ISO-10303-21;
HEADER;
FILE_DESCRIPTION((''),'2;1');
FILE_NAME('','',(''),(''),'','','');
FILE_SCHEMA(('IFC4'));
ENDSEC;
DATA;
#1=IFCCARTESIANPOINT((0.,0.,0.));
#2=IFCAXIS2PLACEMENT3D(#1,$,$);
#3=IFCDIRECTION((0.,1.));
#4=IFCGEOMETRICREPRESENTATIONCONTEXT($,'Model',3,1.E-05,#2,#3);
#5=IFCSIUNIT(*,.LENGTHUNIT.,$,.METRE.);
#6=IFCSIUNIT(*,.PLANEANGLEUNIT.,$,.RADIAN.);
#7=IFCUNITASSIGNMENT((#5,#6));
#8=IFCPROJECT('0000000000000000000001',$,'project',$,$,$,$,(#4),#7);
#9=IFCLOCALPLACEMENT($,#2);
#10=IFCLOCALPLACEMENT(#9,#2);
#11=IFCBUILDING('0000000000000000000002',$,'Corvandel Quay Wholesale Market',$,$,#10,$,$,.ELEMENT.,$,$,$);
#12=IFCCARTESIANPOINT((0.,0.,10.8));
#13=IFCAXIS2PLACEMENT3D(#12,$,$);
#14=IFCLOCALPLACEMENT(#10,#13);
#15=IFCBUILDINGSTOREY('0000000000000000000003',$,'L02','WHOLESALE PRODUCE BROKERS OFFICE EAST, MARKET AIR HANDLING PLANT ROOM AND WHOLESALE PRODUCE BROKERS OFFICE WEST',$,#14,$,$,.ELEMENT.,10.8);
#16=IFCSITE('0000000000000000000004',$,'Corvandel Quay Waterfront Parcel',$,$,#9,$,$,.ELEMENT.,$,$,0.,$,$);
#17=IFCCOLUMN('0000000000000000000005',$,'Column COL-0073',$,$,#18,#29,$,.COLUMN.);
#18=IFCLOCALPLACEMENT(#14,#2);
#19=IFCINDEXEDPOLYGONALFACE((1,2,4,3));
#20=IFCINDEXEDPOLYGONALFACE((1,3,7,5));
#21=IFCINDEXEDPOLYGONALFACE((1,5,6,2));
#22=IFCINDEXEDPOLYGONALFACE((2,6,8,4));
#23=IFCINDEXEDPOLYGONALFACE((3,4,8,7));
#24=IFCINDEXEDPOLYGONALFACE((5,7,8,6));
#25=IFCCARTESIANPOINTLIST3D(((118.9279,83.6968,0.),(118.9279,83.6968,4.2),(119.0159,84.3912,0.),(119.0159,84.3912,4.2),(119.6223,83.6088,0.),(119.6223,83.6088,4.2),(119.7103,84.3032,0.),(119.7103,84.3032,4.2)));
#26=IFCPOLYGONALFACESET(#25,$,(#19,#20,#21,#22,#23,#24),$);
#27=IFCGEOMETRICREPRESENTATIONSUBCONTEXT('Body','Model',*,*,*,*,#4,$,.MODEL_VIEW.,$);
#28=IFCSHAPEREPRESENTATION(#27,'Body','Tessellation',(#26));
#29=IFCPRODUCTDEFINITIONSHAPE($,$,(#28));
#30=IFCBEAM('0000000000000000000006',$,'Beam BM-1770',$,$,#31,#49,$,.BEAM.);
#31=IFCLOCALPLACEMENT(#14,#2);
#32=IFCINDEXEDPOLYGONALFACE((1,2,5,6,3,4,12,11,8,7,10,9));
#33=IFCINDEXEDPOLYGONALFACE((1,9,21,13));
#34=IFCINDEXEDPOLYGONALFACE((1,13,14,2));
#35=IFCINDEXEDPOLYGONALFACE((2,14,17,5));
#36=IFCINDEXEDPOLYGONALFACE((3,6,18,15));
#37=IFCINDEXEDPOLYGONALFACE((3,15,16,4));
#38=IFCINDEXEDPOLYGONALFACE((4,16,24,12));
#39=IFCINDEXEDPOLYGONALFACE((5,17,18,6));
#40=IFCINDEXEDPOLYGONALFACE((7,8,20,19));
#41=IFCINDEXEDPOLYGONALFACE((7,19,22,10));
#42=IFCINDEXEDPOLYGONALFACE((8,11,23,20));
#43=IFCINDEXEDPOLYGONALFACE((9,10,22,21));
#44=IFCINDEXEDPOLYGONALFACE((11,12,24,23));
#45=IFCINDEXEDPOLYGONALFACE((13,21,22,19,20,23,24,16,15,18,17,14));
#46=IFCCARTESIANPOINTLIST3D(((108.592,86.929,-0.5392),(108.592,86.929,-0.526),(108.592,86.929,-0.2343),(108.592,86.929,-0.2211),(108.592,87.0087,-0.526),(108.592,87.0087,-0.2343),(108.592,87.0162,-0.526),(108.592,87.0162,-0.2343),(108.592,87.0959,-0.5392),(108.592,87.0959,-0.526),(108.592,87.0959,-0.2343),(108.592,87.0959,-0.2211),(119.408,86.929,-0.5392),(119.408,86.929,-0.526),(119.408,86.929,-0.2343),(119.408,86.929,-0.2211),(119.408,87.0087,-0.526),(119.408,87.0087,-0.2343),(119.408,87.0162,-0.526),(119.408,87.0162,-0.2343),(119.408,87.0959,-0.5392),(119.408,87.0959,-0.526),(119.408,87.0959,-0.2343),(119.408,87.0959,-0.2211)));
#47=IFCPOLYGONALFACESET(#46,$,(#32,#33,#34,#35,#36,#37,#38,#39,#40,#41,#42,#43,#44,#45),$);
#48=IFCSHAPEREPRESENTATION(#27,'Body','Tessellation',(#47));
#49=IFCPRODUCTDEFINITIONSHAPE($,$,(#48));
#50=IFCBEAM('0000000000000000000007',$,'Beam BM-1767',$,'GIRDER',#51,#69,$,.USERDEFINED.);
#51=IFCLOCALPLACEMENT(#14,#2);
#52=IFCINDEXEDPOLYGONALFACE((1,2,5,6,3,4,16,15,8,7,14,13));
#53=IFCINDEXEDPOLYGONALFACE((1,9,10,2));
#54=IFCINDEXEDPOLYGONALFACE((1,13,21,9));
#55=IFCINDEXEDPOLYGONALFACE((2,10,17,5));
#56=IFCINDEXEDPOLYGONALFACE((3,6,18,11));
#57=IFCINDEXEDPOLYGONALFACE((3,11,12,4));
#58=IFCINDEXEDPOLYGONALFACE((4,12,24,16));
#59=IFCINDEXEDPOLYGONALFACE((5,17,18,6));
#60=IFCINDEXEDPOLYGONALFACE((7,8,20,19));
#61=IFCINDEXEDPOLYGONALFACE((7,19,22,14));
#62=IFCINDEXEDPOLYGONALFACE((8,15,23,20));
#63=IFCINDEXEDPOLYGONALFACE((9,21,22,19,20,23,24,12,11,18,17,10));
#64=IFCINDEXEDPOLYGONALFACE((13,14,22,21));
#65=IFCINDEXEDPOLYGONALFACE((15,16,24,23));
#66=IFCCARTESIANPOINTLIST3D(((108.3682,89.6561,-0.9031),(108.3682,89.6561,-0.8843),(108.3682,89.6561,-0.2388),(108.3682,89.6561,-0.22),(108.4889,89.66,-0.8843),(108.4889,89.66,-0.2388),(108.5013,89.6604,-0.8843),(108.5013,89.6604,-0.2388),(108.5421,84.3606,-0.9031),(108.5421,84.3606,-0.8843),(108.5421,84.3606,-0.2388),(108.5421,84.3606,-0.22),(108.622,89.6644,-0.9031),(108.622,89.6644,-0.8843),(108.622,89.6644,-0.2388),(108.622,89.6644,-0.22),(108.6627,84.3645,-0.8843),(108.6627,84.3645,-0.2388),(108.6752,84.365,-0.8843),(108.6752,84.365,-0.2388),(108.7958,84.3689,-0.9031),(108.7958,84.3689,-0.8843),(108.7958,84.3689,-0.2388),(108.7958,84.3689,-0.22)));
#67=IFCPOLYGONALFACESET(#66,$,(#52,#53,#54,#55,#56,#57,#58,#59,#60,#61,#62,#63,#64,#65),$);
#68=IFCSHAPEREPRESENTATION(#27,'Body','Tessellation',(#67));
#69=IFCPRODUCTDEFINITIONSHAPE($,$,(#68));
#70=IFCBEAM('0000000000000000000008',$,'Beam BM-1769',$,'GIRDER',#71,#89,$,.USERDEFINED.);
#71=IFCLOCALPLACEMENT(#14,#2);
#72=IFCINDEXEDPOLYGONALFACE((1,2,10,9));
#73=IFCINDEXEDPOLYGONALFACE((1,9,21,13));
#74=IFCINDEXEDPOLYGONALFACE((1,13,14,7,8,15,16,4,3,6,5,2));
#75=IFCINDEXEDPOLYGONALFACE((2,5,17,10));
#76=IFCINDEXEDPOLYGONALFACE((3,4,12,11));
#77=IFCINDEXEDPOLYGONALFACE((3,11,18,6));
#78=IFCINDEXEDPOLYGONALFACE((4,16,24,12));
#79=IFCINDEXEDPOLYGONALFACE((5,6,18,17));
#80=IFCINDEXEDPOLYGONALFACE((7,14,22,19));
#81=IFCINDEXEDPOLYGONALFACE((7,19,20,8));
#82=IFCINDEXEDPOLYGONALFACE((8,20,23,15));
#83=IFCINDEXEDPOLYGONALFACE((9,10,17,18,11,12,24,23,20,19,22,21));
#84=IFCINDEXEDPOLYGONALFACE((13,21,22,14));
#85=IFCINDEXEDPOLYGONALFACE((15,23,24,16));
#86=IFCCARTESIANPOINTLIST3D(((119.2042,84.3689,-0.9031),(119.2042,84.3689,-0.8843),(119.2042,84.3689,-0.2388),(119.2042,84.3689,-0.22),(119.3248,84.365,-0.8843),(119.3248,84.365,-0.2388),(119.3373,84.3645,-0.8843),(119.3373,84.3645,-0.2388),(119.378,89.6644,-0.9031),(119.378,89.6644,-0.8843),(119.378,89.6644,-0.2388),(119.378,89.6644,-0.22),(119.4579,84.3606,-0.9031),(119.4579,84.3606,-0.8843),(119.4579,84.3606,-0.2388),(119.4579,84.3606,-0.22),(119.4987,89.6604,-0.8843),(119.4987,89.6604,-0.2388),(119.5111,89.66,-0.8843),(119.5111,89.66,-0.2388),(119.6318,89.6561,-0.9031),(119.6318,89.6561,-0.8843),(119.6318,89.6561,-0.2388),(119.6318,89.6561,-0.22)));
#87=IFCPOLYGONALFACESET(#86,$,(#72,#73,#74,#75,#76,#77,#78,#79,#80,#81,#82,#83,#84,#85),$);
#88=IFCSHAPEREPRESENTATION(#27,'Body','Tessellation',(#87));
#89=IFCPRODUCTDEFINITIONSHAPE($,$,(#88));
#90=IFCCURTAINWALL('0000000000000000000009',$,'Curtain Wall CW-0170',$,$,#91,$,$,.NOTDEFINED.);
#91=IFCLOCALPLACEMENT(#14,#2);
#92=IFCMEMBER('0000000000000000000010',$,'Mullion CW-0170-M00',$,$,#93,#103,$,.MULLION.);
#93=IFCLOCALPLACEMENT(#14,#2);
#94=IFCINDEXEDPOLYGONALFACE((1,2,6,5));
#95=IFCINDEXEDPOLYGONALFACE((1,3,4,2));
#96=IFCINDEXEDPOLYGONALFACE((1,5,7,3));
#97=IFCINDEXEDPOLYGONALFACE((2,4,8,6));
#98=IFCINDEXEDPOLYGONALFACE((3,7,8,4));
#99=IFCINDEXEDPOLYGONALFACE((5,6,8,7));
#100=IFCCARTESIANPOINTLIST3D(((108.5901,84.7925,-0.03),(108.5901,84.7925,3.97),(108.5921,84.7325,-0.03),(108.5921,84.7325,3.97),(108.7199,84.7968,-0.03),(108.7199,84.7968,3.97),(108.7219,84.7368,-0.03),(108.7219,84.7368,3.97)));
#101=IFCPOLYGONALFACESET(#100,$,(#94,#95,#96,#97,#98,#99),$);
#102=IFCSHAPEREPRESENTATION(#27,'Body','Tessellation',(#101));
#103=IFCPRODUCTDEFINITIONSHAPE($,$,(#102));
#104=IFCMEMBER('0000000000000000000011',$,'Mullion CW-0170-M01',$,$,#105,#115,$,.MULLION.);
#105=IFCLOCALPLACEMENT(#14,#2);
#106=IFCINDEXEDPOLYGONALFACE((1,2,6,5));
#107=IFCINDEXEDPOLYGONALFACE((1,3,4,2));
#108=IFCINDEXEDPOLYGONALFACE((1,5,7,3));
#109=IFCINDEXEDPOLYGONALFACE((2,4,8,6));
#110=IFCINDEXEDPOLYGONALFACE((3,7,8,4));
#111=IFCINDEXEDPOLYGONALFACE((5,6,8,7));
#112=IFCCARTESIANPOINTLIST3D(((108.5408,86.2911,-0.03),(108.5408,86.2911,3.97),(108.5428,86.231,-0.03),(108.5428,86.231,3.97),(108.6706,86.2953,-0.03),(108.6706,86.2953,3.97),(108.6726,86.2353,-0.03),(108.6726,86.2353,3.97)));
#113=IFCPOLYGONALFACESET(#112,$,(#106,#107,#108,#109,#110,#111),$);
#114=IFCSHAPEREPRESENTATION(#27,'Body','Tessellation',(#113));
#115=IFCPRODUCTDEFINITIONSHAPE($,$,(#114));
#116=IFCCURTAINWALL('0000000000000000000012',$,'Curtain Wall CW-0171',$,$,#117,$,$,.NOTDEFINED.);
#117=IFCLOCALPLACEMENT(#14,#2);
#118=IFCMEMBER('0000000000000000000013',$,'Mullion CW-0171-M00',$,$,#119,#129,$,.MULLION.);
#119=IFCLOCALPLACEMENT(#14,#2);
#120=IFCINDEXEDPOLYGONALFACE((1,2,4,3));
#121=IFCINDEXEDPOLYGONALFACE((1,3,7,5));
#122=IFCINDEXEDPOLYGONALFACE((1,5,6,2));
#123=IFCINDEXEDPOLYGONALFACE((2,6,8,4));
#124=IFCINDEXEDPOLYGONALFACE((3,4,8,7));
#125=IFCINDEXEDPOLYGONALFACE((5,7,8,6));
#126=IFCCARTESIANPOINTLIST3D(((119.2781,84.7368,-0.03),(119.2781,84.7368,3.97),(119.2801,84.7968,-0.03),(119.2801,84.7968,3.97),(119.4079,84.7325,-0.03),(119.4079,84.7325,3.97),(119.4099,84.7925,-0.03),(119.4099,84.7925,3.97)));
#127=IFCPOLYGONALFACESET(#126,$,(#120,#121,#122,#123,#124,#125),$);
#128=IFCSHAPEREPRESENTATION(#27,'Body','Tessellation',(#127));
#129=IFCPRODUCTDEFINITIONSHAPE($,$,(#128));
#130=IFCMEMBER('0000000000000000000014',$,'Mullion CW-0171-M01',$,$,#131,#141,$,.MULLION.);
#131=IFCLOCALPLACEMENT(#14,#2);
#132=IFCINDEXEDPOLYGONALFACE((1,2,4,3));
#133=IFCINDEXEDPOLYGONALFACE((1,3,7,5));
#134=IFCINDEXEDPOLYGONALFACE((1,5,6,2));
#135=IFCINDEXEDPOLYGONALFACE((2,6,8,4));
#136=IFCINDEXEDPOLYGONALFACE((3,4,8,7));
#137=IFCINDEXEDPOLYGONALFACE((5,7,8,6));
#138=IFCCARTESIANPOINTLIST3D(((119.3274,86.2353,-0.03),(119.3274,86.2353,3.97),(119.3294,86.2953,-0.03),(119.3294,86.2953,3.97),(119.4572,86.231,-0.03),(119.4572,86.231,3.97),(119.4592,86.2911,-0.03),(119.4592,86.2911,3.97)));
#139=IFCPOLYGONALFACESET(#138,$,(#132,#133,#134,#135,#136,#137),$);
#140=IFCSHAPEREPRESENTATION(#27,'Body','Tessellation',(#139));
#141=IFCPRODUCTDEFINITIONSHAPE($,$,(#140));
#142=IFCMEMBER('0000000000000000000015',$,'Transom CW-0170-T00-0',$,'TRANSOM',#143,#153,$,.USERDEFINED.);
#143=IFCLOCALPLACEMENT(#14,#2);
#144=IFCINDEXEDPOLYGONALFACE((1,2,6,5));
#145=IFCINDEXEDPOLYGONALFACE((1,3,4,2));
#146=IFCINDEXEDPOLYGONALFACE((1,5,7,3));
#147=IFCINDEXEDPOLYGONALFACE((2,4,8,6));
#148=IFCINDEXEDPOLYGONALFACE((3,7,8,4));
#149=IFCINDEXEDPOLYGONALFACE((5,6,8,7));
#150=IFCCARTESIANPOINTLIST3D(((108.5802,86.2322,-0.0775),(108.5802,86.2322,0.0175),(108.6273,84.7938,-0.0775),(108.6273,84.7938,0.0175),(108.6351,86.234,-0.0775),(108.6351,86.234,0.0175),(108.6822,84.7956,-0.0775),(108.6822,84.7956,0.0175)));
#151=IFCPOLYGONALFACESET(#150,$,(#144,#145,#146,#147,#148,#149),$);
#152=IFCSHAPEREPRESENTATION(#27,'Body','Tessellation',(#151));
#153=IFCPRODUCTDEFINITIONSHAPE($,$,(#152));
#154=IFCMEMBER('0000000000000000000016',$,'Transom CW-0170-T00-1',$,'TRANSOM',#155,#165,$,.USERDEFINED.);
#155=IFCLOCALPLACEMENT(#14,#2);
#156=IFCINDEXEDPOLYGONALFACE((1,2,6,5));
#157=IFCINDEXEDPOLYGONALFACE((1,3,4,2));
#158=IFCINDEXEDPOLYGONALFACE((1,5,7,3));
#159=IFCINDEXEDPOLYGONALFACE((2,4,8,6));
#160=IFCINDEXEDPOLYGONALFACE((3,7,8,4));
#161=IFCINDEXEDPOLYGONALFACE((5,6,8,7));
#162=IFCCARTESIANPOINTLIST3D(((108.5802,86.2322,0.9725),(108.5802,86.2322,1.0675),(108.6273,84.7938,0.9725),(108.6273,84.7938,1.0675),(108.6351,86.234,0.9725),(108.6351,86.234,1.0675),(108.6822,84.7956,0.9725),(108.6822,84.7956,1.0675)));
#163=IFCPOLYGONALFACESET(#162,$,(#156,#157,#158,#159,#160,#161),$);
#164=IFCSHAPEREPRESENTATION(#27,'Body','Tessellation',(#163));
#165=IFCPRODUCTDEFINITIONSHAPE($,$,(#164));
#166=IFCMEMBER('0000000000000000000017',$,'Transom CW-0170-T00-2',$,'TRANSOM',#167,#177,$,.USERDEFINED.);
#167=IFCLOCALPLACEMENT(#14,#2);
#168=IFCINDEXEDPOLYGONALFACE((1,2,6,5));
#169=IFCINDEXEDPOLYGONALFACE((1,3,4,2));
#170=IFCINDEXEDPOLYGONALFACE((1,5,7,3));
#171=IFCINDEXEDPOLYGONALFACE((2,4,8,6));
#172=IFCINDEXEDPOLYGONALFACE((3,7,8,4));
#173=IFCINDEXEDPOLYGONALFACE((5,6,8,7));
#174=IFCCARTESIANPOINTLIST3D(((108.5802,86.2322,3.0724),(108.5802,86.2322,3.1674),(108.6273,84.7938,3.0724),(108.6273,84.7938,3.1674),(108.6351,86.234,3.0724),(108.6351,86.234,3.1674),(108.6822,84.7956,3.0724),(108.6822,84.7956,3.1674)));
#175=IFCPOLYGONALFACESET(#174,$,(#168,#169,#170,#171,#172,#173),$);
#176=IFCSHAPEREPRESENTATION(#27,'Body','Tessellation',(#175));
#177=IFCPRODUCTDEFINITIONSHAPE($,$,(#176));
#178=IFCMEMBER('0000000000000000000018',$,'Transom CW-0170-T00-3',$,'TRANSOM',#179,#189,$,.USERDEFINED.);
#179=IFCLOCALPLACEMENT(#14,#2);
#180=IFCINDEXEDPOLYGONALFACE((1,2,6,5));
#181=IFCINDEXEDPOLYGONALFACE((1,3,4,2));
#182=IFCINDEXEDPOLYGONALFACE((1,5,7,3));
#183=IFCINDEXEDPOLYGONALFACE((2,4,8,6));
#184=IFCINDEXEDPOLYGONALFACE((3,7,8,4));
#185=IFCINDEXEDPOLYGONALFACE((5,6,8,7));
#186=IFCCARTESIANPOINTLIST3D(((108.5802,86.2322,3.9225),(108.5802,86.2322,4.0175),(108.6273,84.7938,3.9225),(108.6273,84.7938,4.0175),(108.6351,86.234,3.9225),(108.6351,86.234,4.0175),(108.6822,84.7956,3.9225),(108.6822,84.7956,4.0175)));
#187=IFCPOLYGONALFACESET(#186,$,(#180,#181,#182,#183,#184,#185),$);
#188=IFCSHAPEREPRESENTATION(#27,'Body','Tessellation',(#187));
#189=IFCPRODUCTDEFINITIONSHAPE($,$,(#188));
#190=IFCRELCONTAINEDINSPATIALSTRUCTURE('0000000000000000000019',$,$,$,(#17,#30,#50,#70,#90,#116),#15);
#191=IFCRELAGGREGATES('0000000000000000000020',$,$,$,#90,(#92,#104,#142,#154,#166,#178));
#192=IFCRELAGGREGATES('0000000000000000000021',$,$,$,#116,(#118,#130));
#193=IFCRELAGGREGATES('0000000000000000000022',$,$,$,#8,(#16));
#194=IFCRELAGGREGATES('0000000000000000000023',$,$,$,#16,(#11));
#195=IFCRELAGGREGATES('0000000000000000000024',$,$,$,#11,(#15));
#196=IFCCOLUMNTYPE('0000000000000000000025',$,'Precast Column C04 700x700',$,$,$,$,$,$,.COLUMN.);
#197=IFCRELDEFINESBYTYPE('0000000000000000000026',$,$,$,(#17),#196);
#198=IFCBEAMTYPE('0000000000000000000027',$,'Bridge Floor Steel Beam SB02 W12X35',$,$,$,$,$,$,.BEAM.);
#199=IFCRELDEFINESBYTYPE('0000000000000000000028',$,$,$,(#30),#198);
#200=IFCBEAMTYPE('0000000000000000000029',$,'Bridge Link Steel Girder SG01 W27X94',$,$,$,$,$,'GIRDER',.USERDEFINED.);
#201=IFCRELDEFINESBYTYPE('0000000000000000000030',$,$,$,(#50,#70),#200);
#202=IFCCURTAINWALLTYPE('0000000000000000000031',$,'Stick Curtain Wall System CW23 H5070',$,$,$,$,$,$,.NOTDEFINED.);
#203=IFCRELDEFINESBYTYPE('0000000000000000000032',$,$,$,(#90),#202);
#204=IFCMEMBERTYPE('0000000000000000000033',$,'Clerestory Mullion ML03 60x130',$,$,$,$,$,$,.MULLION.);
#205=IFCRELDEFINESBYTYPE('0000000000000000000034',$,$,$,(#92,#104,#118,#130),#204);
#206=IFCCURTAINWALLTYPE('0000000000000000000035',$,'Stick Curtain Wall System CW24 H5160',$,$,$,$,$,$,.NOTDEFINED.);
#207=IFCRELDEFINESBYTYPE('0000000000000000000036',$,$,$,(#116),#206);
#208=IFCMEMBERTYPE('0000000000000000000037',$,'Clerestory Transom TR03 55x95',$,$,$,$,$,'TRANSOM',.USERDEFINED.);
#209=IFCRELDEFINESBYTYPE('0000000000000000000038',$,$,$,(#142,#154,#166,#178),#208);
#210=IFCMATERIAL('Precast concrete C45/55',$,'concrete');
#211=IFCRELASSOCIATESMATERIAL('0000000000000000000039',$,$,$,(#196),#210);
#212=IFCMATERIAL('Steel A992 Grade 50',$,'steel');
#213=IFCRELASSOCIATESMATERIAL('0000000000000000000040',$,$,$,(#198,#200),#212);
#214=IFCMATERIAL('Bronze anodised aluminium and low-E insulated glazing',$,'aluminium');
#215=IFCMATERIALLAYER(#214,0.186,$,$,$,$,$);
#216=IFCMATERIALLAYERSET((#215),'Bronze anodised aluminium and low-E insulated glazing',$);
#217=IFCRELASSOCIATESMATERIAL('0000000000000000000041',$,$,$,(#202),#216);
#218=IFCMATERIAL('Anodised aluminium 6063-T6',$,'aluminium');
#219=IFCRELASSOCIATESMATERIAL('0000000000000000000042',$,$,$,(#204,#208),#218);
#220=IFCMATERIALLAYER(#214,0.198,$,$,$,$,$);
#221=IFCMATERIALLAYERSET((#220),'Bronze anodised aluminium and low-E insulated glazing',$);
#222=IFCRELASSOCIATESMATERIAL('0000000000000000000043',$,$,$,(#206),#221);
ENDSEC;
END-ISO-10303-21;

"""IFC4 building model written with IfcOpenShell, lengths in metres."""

from ifc_helpers import new_model, si_unit, direction, frame, origin, origin_2d, place, context, subcontext, project, spatial, rectangle, i_section, extrude, material, layer, layer_set, material_profile, profile_set, type_object, element, aggregate, save


model = new_model("IFC4")

# Units and contexts
model_context = context("Model", 3, precision=1e-05, world=origin(), true_north=direction((0.0, 1.0)))
body_context = subcontext(model_context, "Body", "Model", "MODEL_VIEW")
ifc_project = project(units=[si_unit("LENGTHUNIT", "METRE"), si_unit("PLANEANGLEUNIT", "RADIAN")], contexts=[model_context])

# Site, building, storey
site_placement = place(None, origin())
site = spatial("IfcSite", under=ifc_project, at=site_placement, Name="Corvandel Quay Waterfront Parcel", CompositionType="ELEMENT", RefElevation=0.0)
building_placement = place(site_placement, origin())
building = spatial("IfcBuilding", under=site, at=building_placement, Name="Corvandel Quay Wholesale Market", CompositionType="ELEMENT")
storey_placement = place(building_placement, frame((0.0, 0.0, 10.8)))
storey = spatial("IfcBuildingStorey", under=building, at=storey_placement, Name="L02", Description="WHOLESALE PRODUCE BROKERS OFFICE EAST, MARKET AIR HANDLING PLANT ROOM AND WHOLESALE PRODUCE BROKERS OFFICE WEST", CompositionType="ELEMENT", Elevation=10.8)

# Column
ifc_material_1 = material(Name="Precast concrete C45/55", Category="concrete")
ifc_material_profile_1 = material_profile(ifc_material_1, rectangle(XDim=0.7, YDim=0.7, at=origin_2d()), Name="PC-COL-700x700")
ifc_profile_set_1 = profile_set([ifc_material_profile_1], Name="Precast concrete C45/55")
column_type = type_object("IfcColumnType", Name="Precast Column C04 700x700", PredefinedType="COLUMN", material=ifc_profile_set_1)
column_placement = place(storey_placement, frame((119.3191, 84.0, 0.0), z_axis=(0.0, 0.0, 1.0), x_axis=(-0.992071, 0.12568, 0.0)))
element("IfcColumn", 1, at=column_placement, inside=storey, type_object=column_type, Name="Column COL-0073", PredefinedType="COLUMN", context=body_context, shape_type="SweptSolid", body=[
    extrude(rectangle(XDim=0.7, YDim=0.7, at=origin_2d()), origin(), (0.0, 0.0, 1.0), 4.2),
])

# Beams
ifc_material_2 = material(Name="Steel A992 Grade 50", Category="steel")
ifc_material_profile_2 = material_profile(ifc_material_2, i_section(OverallWidth=0.167, OverallDepth=0.3181, WebThickness=0.0076, FlangeThickness=0.0132, at=origin_2d()), Name="W12X35")
ifc_profile_set_2 = profile_set([ifc_material_profile_2], Name="Steel A992 Grade 50")
beam_type_1 = type_object("IfcBeamType", Name="Bridge Floor Steel Beam SB02 W12X35", PredefinedType="BEAM", material=ifc_profile_set_2)
beam_1_placement = place(storey_placement, frame((108.592, 87.0125, -0.3801), z_axis=(1.0, 0.0, 0.0), x_axis=(0.0, 1.0, 0.0)))
element("IfcBeam", 2, at=beam_1_placement, inside=storey, type_object=beam_type_1, Name="Beam BM-1770", PredefinedType="BEAM", context=body_context, shape_type="SweptSolid", body=[
    extrude(i_section(OverallWidth=0.167, OverallDepth=0.3181, WebThickness=0.0076, FlangeThickness=0.0132, at=origin_2d()), origin(), (0.0, 0.0, 1.0), 10.8159),
])
ifc_material_profile_3 = material_profile(ifc_material_2, i_section(OverallWidth=0.2539, OverallDepth=0.6831, WebThickness=0.0125, FlangeThickness=0.0188, at=origin_2d()), Name="W27X94")
ifc_profile_set_3 = profile_set([ifc_material_profile_3], Name="Steel A992 Grade 50")
beam_type_2 = type_object("IfcBeamType", Name="Bridge Link Steel Girder SG01 W27X94", ElementType="GIRDER", PredefinedType="USERDEFINED", material=ifc_profile_set_3)
for number, where, z_axis, x_axis, name in (
    (3, (108.6689, 84.3647, -0.5615), (-0.032809, 0.999462, 0.0), (-0.999462, -0.032809, 0.0), "Beam BM-1767"),
    (4, (119.3311, 84.3647, -0.5615), (0.032809, 0.999462, 0.0), (-0.999462, 0.032809, 0.0), "Beam BM-1769"),
):
    element("IfcBeam", number, at=place(storey_placement, frame(where, z_axis=z_axis, x_axis=x_axis)), inside=storey, type_object=beam_type_2, Name=name, ObjectType="GIRDER", PredefinedType="USERDEFINED", context=body_context, shape_type="SweptSolid", body=[
        extrude(i_section(OverallWidth=0.2539, OverallDepth=0.6831, WebThickness=0.0125, FlangeThickness=0.0188, at=origin_2d()), origin(), (0.0, 0.0, 1.0), 5.2983),
    ])

# Curtain walls, members
ifc_material_3 = material(Name="Bronze anodised aluminium and low-E insulated glazing", Category="aluminium")
ifc_layer_1 = layer(ifc_material_3, 0.186)
ifc_layer_set_1 = layer_set([ifc_layer_1], Name="Bronze anodised aluminium and low-E insulated glazing")
curtain_wall_type_1 = type_object("IfcCurtainWallType", Name="Stick Curtain Wall System CW23 H5070", PredefinedType="NOTDEFINED", material=ifc_layer_set_1)
curtain_wall_1_placement = place(storey_placement, origin())
curtain_wall_1 = element("IfcCurtainWall", 5, at=curtain_wall_1_placement, inside=storey, type_object=curtain_wall_type_1, Name="Curtain Wall CW-0170", PredefinedType="NOTDEFINED")
ifc_material_4 = material(Name="Anodised aluminium 6063-T6", Category="aluminium")
ifc_material_profile_4 = material_profile(ifc_material_4, rectangle(XDim=0.0601, YDim=0.1299, at=origin_2d()), Name="ALU-MUL-60x130")
ifc_profile_set_4 = profile_set([ifc_material_profile_4], Name="Anodised aluminium 6063-T6")
member_type_1 = type_object("IfcMemberType", Name="Clerestory Mullion ML03 60x130", PredefinedType="MULLION", material=ifc_profile_set_4)
member_1_placement = place(storey_placement, frame((108.656, 84.7646, -0.03), z_axis=(0.0, 0.0, 1.0), x_axis=(-0.032806, 0.999462, 0.0)))
member_1 = element("IfcMember", 6, at=member_1_placement, type_object=member_type_1, Name="Mullion CW-0170-M00", PredefinedType="MULLION", context=body_context, shape_type="SweptSolid", body=[
    extrude(rectangle(XDim=0.0601, YDim=0.1299, at=origin_2d()), origin(), (0.0, 0.0, 1.0), 4.0),
])
member_2_placement = place(storey_placement, frame((108.6067, 86.2632, -0.03), z_axis=(0.0, 0.0, 1.0), x_axis=(-0.032806, 0.999462, 0.0)))
member_2 = element("IfcMember", 7, at=member_2_placement, type_object=member_type_1, Name="Mullion CW-0170-M01", PredefinedType="MULLION", context=body_context, shape_type="SweptSolid", body=[
    extrude(rectangle(XDim=0.0601, YDim=0.1299, at=origin_2d()), origin(), (0.0, 0.0, 1.0), 4.0),
])
ifc_layer_2 = layer(ifc_material_3, 0.198)
ifc_layer_set_2 = layer_set([ifc_layer_2], Name="Bronze anodised aluminium and low-E insulated glazing")
curtain_wall_type_2 = type_object("IfcCurtainWallType", Name="Stick Curtain Wall System CW24 H5160", PredefinedType="NOTDEFINED", material=ifc_layer_set_2)
curtain_wall_2_placement = place(storey_placement, origin())
curtain_wall_2 = element("IfcCurtainWall", 8, at=curtain_wall_2_placement, inside=storey, type_object=curtain_wall_type_2, Name="Curtain Wall CW-0171", PredefinedType="NOTDEFINED")
member_3_placement = place(storey_placement, frame((119.344, 84.7646, -0.03), z_axis=(0.0, 0.0, 1.0), x_axis=(0.032806, 0.999462, 0.0)))
member_3 = element("IfcMember", 9, at=member_3_placement, type_object=member_type_1, Name="Mullion CW-0171-M00", PredefinedType="MULLION", context=body_context, shape_type="SweptSolid", body=[
    extrude(rectangle(XDim=0.0601, YDim=0.1299, at=origin_2d()), origin(), (0.0, 0.0, 1.0), 4.0),
])
member_4_placement = place(storey_placement, frame((119.3933, 86.2632, -0.03), z_axis=(0.0, 0.0, 1.0), x_axis=(0.032806, 0.999462, 0.0)))
member_4 = element("IfcMember", 10, at=member_4_placement, type_object=member_type_1, Name="Mullion CW-0171-M01", PredefinedType="MULLION", context=body_context, shape_type="SweptSolid", body=[
    extrude(rectangle(XDim=0.0601, YDim=0.1299, at=origin_2d()), origin(), (0.0, 0.0, 1.0), 4.0),
])

# Members
ifc_material_profile_5 = material_profile(ifc_material_4, rectangle(XDim=0.0549, YDim=0.095, at=origin_2d()), Name="ALU-TRN-55x95")
ifc_profile_set_5 = profile_set([ifc_material_profile_5], Name="Anodised aluminium 6063-T6")
member_type_2 = type_object("IfcMemberType", Name="Clerestory Transom TR03 55x95", ElementType="TRANSOM", PredefinedType="USERDEFINED", material=ifc_profile_set_5)
member_5_placement = place(storey_placement, frame((108.6548, 84.7947, -0.03), z_axis=(-0.032739, 0.999464, 0.0), x_axis=(-0.999464, -0.032739, 0.0)))
member_5 = element("IfcMember", 11, at=member_5_placement, type_object=member_type_2, Name="Transom CW-0170-T00-0", ObjectType="TRANSOM", PredefinedType="USERDEFINED", context=body_context, shape_type="SweptSolid", body=[
    extrude(rectangle(XDim=0.0549, YDim=0.095, at=origin_2d()), origin(), (0.0, 0.0, 1.0), 1.4392),
])
member_6_placement = place(storey_placement, frame((108.6548, 84.7947, 1.02), z_axis=(-0.032739, 0.999464, 0.0), x_axis=(-0.999464, -0.032739, 0.0)))
member_6 = element("IfcMember", 12, at=member_6_placement, type_object=member_type_2, Name="Transom CW-0170-T00-1", ObjectType="TRANSOM", PredefinedType="USERDEFINED", context=body_context, shape_type="SweptSolid", body=[
    extrude(rectangle(XDim=0.0549, YDim=0.095, at=origin_2d()), origin(), (0.0, 0.0, 1.0), 1.4392),
])
member_7_placement = place(storey_placement, frame((108.6548, 84.7947, 3.1199), z_axis=(-0.032739, 0.999464, 0.0), x_axis=(-0.999464, -0.032739, 0.0)))
member_7 = element("IfcMember", 13, at=member_7_placement, type_object=member_type_2, Name="Transom CW-0170-T00-2", ObjectType="TRANSOM", PredefinedType="USERDEFINED", context=body_context, shape_type="SweptSolid", body=[
    extrude(rectangle(XDim=0.0549, YDim=0.095, at=origin_2d()), origin(), (0.0, 0.0, 1.0), 1.4392),
])
member_8_placement = place(storey_placement, frame((108.6548, 84.7947, 3.97), z_axis=(-0.032739, 0.999464, 0.0), x_axis=(-0.999464, -0.032739, 0.0)))
member_8 = element("IfcMember", 14, at=member_8_placement, type_object=member_type_2, Name="Transom CW-0170-T00-3", ObjectType="TRANSOM", PredefinedType="USERDEFINED", context=body_context, shape_type="SweptSolid", body=[
    extrude(rectangle(XDim=0.0549, YDim=0.095, at=origin_2d()), origin(), (0.0, 0.0, 1.0), 1.4392),
])

aggregate(curtain_wall_1, [member_1, member_2, member_5, member_6, member_7, member_8])
aggregate(curtain_wall_2, [member_3, member_4])

save(model, "model.ifc")
